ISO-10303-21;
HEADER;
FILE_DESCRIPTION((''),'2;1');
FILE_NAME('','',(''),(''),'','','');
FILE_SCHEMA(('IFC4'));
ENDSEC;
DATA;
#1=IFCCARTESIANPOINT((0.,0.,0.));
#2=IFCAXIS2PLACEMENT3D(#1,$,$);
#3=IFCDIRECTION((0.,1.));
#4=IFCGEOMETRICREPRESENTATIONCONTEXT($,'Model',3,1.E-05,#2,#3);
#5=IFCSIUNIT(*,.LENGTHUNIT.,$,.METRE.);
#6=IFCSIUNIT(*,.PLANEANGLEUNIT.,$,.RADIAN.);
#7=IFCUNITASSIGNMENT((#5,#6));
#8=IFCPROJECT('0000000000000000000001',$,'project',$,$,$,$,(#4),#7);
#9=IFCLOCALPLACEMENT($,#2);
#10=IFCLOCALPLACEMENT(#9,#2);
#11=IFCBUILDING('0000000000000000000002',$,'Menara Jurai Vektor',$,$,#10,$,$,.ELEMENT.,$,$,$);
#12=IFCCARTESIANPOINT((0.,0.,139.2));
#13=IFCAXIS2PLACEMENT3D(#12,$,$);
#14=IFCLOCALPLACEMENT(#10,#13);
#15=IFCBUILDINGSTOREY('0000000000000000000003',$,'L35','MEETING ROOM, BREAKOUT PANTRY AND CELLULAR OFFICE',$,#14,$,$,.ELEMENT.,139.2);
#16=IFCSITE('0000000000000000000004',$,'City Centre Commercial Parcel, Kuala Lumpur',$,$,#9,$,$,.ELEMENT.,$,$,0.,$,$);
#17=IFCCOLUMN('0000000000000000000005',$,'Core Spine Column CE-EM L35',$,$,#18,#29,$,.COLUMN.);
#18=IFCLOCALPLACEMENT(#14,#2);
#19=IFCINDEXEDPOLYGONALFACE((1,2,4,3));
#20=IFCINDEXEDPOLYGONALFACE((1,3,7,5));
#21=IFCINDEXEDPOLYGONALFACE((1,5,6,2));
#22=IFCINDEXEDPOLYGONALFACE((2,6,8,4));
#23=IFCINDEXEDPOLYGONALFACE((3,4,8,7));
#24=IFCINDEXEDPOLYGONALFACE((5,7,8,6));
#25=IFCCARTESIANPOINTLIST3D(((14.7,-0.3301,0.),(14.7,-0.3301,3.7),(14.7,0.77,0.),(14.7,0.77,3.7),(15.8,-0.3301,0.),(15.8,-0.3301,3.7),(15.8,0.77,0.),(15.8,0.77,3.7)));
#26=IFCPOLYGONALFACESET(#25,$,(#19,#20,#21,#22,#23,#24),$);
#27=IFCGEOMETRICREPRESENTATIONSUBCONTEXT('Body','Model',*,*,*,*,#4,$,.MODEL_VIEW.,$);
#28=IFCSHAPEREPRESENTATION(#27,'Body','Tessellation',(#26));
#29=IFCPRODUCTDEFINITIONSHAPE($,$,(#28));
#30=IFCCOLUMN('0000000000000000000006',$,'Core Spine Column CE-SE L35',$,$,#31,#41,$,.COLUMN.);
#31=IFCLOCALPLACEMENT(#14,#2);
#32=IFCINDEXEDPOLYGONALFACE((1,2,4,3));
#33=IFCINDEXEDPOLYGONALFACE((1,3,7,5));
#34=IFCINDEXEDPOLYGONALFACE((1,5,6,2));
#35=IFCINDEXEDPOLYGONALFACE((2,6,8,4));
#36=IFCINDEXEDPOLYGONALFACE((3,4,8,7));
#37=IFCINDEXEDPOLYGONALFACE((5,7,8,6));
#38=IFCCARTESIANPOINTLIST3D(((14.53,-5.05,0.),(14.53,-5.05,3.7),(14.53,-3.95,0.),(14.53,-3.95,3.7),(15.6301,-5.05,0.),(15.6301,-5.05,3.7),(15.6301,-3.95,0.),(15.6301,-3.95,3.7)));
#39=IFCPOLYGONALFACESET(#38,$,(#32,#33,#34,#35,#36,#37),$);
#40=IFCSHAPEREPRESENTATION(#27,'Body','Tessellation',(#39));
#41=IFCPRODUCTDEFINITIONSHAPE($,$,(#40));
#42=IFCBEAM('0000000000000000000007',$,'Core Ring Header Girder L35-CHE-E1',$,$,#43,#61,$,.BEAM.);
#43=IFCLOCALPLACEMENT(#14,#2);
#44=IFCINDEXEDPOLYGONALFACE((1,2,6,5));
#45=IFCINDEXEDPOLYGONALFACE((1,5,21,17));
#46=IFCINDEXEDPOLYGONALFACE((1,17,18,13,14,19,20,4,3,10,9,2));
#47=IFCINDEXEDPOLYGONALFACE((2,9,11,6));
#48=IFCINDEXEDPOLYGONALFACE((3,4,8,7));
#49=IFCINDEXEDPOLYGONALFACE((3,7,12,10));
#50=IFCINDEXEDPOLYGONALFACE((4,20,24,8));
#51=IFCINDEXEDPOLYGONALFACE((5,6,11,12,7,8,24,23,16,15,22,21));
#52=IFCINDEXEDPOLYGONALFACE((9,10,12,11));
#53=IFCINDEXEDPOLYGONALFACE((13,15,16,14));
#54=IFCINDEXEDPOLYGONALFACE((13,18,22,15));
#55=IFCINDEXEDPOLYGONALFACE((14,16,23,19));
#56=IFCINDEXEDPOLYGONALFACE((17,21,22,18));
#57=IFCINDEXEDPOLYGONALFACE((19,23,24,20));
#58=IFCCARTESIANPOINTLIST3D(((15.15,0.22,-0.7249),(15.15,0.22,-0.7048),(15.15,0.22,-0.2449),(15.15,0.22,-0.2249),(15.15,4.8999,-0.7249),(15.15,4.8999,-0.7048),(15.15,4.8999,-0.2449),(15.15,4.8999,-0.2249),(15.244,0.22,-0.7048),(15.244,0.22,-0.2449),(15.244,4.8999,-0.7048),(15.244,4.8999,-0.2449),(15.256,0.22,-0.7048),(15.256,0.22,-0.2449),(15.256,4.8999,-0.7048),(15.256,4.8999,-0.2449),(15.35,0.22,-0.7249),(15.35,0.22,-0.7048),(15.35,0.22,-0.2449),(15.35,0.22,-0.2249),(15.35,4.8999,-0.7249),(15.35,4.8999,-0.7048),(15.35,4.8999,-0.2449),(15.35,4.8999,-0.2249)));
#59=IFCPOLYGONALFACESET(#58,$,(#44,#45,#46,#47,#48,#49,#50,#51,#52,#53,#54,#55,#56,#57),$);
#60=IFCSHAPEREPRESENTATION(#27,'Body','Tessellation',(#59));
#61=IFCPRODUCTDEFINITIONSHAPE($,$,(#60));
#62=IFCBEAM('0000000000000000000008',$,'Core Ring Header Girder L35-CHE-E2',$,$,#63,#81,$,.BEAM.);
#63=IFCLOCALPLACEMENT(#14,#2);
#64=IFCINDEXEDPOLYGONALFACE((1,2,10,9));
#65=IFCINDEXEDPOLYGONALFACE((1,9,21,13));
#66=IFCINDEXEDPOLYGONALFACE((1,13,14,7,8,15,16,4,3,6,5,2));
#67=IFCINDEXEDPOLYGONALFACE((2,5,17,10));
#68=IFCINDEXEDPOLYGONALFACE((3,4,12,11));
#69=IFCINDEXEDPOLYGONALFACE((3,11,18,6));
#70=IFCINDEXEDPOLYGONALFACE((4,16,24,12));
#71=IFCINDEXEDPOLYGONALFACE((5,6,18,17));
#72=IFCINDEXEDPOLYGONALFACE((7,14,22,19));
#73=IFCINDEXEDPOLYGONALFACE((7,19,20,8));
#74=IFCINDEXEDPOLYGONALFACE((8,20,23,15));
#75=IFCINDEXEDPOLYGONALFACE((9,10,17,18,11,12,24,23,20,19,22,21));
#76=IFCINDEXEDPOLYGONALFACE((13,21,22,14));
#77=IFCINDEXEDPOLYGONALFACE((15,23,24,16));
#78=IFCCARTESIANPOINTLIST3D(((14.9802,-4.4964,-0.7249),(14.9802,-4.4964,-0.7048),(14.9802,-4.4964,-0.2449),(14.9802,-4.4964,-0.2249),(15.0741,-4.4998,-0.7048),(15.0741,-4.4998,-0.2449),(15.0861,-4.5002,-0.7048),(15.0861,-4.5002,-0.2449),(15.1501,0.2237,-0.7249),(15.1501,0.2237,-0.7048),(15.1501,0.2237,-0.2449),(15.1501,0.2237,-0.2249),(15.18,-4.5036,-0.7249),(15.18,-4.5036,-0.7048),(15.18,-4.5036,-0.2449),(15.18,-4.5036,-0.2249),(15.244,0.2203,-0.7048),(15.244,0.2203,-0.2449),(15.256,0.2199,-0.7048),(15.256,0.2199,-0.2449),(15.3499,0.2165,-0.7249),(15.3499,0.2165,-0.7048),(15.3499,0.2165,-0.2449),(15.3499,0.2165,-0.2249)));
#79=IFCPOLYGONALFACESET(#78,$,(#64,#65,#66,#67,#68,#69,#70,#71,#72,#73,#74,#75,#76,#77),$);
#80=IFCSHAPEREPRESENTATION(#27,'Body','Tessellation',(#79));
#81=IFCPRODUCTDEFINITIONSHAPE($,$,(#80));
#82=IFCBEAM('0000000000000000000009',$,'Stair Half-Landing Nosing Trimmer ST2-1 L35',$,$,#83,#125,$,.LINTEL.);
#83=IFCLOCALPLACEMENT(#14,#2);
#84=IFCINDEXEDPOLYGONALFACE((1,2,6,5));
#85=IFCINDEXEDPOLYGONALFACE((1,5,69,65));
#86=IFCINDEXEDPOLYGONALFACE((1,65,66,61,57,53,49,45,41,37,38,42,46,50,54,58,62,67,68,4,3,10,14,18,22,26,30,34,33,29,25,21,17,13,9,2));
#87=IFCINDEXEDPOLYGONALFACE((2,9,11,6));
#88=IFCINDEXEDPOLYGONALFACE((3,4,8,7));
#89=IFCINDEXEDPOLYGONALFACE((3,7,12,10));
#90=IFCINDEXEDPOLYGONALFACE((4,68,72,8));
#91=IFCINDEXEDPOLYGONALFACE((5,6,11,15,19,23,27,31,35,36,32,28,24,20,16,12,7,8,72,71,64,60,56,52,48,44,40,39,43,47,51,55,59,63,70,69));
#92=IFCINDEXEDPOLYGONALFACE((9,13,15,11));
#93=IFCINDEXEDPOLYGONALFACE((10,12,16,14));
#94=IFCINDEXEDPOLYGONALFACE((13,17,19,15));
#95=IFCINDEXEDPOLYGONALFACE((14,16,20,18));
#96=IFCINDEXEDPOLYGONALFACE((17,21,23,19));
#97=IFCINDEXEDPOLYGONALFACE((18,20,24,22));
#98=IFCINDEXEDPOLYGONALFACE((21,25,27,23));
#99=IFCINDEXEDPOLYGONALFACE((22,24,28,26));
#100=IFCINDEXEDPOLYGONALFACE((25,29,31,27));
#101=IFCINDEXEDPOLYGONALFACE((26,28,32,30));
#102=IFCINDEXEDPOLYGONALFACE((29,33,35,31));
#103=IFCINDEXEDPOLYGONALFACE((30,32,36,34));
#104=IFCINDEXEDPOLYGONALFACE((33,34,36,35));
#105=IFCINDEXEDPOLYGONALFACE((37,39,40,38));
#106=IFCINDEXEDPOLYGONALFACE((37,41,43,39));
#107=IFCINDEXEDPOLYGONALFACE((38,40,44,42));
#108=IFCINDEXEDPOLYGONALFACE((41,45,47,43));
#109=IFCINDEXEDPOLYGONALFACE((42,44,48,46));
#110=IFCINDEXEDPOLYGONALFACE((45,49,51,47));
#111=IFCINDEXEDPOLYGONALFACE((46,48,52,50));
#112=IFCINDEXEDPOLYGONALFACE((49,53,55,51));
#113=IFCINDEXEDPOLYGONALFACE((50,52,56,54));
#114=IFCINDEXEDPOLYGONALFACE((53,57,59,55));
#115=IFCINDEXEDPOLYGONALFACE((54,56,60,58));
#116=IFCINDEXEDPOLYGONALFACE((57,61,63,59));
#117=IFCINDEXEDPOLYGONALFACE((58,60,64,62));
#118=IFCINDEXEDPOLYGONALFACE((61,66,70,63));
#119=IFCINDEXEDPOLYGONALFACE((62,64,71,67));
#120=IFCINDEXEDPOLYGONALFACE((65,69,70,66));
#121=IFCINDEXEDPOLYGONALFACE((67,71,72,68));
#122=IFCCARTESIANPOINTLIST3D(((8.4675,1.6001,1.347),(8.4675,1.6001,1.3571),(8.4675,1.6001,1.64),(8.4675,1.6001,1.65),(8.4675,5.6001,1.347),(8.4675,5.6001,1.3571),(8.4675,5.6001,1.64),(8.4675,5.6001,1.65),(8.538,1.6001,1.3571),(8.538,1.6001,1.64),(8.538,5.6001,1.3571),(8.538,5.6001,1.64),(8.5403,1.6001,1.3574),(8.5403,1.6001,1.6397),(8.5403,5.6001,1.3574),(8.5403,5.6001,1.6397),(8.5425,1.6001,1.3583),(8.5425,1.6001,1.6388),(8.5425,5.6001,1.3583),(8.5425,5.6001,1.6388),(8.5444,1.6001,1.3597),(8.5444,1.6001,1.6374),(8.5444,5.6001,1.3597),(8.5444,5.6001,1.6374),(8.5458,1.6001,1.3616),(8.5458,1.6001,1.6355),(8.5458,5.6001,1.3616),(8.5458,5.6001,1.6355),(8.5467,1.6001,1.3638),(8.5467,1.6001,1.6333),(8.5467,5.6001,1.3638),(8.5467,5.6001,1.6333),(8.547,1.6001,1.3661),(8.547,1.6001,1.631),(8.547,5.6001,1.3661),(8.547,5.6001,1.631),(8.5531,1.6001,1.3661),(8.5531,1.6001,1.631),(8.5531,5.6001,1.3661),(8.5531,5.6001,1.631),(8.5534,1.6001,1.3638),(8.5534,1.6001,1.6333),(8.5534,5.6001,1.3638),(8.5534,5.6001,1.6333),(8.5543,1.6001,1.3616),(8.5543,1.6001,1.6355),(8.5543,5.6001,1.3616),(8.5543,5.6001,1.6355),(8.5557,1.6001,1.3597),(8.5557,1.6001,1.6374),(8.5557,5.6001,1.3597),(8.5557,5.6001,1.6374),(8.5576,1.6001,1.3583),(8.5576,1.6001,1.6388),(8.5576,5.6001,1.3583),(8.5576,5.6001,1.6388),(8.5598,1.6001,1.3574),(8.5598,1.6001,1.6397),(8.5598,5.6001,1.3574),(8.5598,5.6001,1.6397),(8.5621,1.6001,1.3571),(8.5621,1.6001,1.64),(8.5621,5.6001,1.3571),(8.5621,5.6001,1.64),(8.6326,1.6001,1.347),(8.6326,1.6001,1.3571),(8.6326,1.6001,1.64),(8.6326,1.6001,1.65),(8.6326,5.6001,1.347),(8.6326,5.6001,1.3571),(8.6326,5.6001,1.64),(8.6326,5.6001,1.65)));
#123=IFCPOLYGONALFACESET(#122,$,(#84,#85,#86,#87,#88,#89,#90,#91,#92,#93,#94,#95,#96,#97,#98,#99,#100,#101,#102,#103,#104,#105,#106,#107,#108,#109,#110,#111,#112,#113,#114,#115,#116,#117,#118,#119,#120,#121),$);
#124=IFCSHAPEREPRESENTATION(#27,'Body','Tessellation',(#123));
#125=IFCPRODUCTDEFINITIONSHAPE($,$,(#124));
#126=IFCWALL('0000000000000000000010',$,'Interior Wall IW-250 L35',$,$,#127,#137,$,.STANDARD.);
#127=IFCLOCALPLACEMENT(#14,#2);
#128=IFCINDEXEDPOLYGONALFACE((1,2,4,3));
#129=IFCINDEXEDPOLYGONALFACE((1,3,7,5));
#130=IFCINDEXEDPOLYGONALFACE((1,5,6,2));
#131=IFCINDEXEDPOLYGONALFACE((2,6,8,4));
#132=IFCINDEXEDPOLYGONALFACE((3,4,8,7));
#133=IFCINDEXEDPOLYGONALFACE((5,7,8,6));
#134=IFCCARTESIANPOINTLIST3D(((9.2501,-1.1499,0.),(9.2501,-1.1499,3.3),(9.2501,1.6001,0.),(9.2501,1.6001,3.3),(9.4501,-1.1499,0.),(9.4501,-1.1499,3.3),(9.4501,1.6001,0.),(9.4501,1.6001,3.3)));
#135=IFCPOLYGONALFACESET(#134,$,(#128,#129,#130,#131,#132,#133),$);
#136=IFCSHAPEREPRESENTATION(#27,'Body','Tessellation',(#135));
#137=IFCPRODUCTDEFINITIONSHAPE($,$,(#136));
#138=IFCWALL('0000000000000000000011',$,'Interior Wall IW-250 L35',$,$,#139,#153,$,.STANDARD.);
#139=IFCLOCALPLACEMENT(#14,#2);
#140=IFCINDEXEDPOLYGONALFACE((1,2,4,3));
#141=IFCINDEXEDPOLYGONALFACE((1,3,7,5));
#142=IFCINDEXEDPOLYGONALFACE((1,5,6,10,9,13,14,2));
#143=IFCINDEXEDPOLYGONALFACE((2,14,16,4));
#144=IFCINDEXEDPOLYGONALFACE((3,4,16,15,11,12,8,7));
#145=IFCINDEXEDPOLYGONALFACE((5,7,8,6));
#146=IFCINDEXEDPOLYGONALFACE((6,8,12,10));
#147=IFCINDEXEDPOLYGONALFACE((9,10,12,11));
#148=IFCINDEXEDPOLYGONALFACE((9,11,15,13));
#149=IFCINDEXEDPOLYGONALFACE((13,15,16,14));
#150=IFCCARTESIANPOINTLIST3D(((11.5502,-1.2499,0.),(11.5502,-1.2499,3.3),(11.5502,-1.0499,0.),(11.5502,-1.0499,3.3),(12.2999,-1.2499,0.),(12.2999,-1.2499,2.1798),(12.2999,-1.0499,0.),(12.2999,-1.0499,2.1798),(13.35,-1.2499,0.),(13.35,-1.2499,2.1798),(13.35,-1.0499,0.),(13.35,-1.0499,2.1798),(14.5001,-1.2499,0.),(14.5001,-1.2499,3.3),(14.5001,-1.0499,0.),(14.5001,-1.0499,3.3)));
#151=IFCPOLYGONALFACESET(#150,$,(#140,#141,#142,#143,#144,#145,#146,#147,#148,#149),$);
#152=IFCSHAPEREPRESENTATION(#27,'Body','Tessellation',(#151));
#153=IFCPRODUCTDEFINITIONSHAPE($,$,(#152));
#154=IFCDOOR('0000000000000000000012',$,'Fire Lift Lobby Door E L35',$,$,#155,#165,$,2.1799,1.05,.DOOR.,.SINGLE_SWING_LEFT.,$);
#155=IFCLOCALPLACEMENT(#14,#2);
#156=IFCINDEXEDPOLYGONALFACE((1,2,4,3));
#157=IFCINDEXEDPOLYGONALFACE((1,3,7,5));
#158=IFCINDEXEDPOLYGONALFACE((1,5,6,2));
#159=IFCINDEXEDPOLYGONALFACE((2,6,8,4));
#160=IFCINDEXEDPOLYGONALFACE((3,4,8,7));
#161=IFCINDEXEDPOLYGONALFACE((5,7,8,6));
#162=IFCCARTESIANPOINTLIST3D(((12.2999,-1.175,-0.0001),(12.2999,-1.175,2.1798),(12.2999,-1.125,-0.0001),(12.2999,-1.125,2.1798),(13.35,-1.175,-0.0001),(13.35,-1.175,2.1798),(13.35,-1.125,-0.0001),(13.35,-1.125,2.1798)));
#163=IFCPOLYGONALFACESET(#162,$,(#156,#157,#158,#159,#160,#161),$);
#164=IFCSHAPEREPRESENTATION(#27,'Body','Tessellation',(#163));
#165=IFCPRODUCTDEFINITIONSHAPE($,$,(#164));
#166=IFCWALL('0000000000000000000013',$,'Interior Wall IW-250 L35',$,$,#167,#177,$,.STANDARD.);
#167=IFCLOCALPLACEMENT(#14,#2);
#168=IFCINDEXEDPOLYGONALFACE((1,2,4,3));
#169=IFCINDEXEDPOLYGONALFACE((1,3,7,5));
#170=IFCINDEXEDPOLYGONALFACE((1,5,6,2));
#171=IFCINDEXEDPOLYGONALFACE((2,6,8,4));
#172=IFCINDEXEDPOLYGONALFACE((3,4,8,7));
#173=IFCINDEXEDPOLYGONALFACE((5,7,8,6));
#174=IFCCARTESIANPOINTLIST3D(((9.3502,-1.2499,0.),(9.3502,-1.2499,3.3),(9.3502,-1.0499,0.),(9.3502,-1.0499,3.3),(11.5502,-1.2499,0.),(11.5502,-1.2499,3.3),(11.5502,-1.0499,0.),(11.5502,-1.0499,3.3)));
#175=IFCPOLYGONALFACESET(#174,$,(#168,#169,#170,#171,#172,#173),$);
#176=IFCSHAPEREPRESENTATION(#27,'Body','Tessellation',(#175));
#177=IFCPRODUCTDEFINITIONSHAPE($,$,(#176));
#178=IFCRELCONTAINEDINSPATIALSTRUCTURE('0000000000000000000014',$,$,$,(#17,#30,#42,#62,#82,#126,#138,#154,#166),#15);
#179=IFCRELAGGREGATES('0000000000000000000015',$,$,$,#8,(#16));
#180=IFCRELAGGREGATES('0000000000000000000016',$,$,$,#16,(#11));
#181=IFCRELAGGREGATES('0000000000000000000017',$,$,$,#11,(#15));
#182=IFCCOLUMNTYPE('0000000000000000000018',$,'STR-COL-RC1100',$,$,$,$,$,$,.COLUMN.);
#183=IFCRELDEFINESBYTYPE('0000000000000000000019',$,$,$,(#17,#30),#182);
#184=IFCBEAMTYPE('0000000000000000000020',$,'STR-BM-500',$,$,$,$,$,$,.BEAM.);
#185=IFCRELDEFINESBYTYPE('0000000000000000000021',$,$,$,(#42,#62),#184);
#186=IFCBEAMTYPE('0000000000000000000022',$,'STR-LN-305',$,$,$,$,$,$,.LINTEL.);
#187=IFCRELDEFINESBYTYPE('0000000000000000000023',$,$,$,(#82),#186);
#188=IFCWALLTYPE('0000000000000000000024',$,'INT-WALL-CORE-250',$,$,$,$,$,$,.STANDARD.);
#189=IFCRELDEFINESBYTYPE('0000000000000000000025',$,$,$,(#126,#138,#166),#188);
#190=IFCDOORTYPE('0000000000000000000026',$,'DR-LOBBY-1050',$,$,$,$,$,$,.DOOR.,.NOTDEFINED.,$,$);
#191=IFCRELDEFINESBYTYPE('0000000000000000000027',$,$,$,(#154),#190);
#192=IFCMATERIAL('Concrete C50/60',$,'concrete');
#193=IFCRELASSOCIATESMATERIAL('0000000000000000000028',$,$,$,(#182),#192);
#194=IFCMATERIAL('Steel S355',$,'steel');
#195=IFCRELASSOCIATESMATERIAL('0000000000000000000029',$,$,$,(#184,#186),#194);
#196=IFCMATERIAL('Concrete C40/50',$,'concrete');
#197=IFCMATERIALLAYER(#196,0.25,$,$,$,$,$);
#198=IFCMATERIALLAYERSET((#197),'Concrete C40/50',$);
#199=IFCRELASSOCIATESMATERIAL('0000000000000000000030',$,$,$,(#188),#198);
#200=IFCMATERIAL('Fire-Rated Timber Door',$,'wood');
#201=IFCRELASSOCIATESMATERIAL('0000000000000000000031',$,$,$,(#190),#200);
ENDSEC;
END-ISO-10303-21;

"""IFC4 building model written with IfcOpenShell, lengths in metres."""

from ifc_helpers import new_model, si_unit, direction, frame, frame_2d, origin, origin_2d, place, context, subcontext, project, spatial, rectangle, i_section, extrude, material, layer, layer_set, material_profile, profile_set, type_object, element, fill, save


model = new_model("IFC4")

# Units and contexts
model_context = context("Model", 3, precision=1e-05, world=origin(), true_north=direction((0.0, 1.0)))
body_context = subcontext(model_context, "Body", "Model", "MODEL_VIEW")
ifc_project = project(units=[si_unit("LENGTHUNIT", "METRE"), si_unit("PLANEANGLEUNIT", "RADIAN")], contexts=[model_context])

# Site, building, storey
site_placement = place(None, origin())
site = spatial("IfcSite", under=ifc_project, at=site_placement, Name="City Centre Commercial Parcel, Kuala Lumpur", CompositionType="ELEMENT", RefElevation=0.0)
building_placement = place(site_placement, origin())
building = spatial("IfcBuilding", under=site, at=building_placement, Name="Menara Jurai Vektor", CompositionType="ELEMENT")
storey_placement = place(building_placement, frame((0.0, 0.0, 139.2)))
storey = spatial("IfcBuildingStorey", under=building, at=storey_placement, Name="L35", Description="MEETING ROOM, BREAKOUT PANTRY AND CELLULAR OFFICE", CompositionType="ELEMENT", Elevation=139.2)

# Columns
ifc_material_1 = material(Name="Concrete C50/60", Category="concrete")
ifc_material_profile_1 = material_profile(ifc_material_1, rectangle(XDim=1.1001, YDim=1.1001, at=origin_2d()), Name="RC 1100x1100")
ifc_profile_set_1 = profile_set([ifc_material_profile_1], Name="Concrete C50/60")
column_type = type_object("IfcColumnType", Name="STR-COL-RC1100", PredefinedType="COLUMN", material=ifc_profile_set_1)
for number, where, z_axis, x_axis, name in (
    (1, (15.25, 0.22, 0.0), (0.0, 0.0, 1.0), (1.0, 0.0, 0.0), "Core Spine Column CE-EM L35"),
    (2, (15.0801, -4.5, 0.0), (0.0, 0.0, 1.0), (1.0, 0.0, 0.0), "Core Spine Column CE-SE L35"),
):
    element("IfcColumn", number, at=place(storey_placement, frame(where, z_axis=z_axis, x_axis=x_axis)), inside=storey, type_object=column_type, Name=name, PredefinedType="COLUMN", context=body_context, shape_type="SweptSolid", body=[
        extrude(rectangle(XDim=1.1001, YDim=1.1001, at=origin_2d()), origin(), (0.0, 0.0, 1.0), 3.7),
    ])

# Beams
ifc_material_2 = material(Name="Steel S355", Category="steel")
ifc_material_profile_2 = material_profile(ifc_material_2, i_section(OverallWidth=0.2, OverallDepth=0.5, WebThickness=0.012, FlangeThickness=0.02, at=origin_2d()), Name="PG 500x200x96")
ifc_profile_set_2 = profile_set([ifc_material_profile_2], Name="Steel S355")
beam_type_1 = type_object("IfcBeamType", Name="STR-BM-500", PredefinedType="BEAM", material=ifc_profile_set_2)
beam_1_placement = place(storey_placement, frame((15.25, 0.22, -0.4749), z_axis=(0.0, 1.0, 0.0), x_axis=(-1.0, 0.0, 0.0)))
element("IfcBeam", 3, at=beam_1_placement, inside=storey, type_object=beam_type_1, Name="Core Ring Header Girder L35-CHE-E1", PredefinedType="BEAM", context=body_context, shape_type="SweptSolid", body=[
    extrude(i_section(OverallWidth=0.2, OverallDepth=0.5, WebThickness=0.012, FlangeThickness=0.02, at=origin_2d()), origin(), (0.0, 0.0, 1.0), 4.6799),
])
beam_2_placement = place(storey_placement, frame((15.0801, -4.5, -0.4749), z_axis=(0.035977, 0.999353, 0.0), x_axis=(-0.999353, 0.035977, 0.0)))
element("IfcBeam", 4, at=beam_2_placement, inside=storey, type_object=beam_type_1, Name="Core Ring Header Girder L35-CHE-E2", PredefinedType="BEAM", context=body_context, shape_type="SweptSolid", body=[
    extrude(i_section(OverallWidth=0.2, OverallDepth=0.5, WebThickness=0.012, FlangeThickness=0.02, at=origin_2d()), origin(), (0.0, 0.0, 1.0), 4.7231),
])
ifc_material_profile_3 = material_profile(ifc_material_2, i_section(OverallWidth=0.165, OverallDepth=0.303, WebThickness=0.0061, FlangeThickness=0.01, FilletRadius=0.009, at=origin_2d()), Name="UKB 305x165x40")
ifc_profile_set_3 = profile_set([ifc_material_profile_3], Name="Steel S355")
beam_type_2 = type_object("IfcBeamType", Name="STR-LN-305", PredefinedType="LINTEL", material=ifc_profile_set_3)
beam_3_placement = place(storey_placement, frame((8.55, 1.6001, 1.4985), z_axis=(0.0, 1.0, 0.0), x_axis=(-1.0, 0.0, 0.0)))
element("IfcBeam", 5, at=beam_3_placement, inside=storey, type_object=beam_type_2, Name="Stair Half-Landing Nosing Trimmer ST2-1 L35", PredefinedType="LINTEL", context=body_context, shape_type="SweptSolid", body=[
    extrude(i_section(OverallWidth=0.165, OverallDepth=0.303, WebThickness=0.0061, FlangeThickness=0.01, FilletRadius=0.009, at=origin_2d()), origin(), (0.0, 0.0, 1.0), 4.0),
])

# Shared definitions
ifc_material_3 = material(Name="Concrete C40/50", Category="concrete")
ifc_layer_1 = layer(ifc_material_3, 0.25)
ifc_layer_set_1 = layer_set([ifc_layer_1], Name="Concrete C40/50")
wall_type_1 = type_object("IfcWallType", Name="INT-WALL-CORE-250", PredefinedType="STANDARD", material=ifc_layer_set_1)

# Wall
wall_1_placement = place(storey_placement, frame((9.3501, -1.1499, 0.0), z_axis=(0.0, 0.0, 1.0), x_axis=(0.0, 1.0, 0.0)))
element("IfcWall", 6, at=wall_1_placement, inside=storey, type_object=wall_type_1, Name="Interior Wall IW-250 L35", PredefinedType="STANDARD", context=body_context, shape_type="SweptSolid", body=[
    extrude(rectangle(XDim=2.75, YDim=0.2, at=frame_2d((1.375, 0.0))), origin(), (0.0, 0.0, 1.0), 3.3),
])

# Wall, opening, door
wall_2_placement = place(storey_placement, frame((11.55, -1.1499, 0.0), z_axis=(0.0, 0.0, 1.0), x_axis=(1.0, 0.0, 0.0)))
wall_2 = element("IfcWall", 7, at=wall_2_placement, inside=storey, type_object=wall_type_1, Name="Interior Wall IW-250 L35", PredefinedType="STANDARD", context=body_context, shape_type="SweptSolid", body=[
    extrude(rectangle(XDim=2.95, YDim=0.2, at=frame_2d((1.4751, 0.0))), origin(), (0.0, 0.0, 1.0), 3.3),
])
opening_1_placement = place(wall_2_placement, frame((0.75, 0.0, 0.0)))
opening_1 = element("IfcOpeningElement", 8, at=opening_1_placement, cuts=wall_2, PredefinedType="OPENING", context=body_context, shape_type="SweptSolid", body=[
    extrude(rectangle(XDim=1.05, YDim=2.1799, at=frame_2d((0.5249, 1.0898))), frame((0.0, 0.1099, 0.0), z_axis=(0.0, -1.0, 0.0), x_axis=(1.0, 0.0, 0.0)), (0.0, 0.0, 1.0), 0.22),
])
ifc_material_4 = material(Name="Fire-Rated Timber Door", Category="wood")
door_type_1 = type_object("IfcDoorType", Name="DR-LOBBY-1050", OperationType="NOTDEFINED", PredefinedType="DOOR", material=ifc_material_4)
door_1_placement = place(opening_1_placement, origin())
door_1 = element("IfcDoor", 9, at=door_1_placement, inside=storey, type_object=door_type_1, Name="Fire Lift Lobby Door E L35", OperationType="SINGLE_SWING_LEFT", OverallHeight=2.1799, OverallWidth=1.05, PredefinedType="DOOR", context=body_context, shape_type="SweptSolid", body=[
    extrude(rectangle(XDim=1.05, YDim=2.1799, at=frame_2d((0.5249, 1.0898))), frame((0.0, 0.0249, 0.0), z_axis=(0.0, -1.0, 0.0), x_axis=(1.0, 0.0, 0.0)), (0.0, 0.0, 1.0), 0.05),
])
fill(opening_1, door_1)

# Wall
wall_3_placement = place(storey_placement, frame((9.3501, -1.1499, 0.0), z_axis=(0.0, 0.0, 1.0), x_axis=(1.0, 0.0, 0.0)))
element("IfcWall", 10, at=wall_3_placement, inside=storey, type_object=wall_type_1, Name="Interior Wall IW-250 L35", PredefinedType="STANDARD", context=body_context, shape_type="SweptSolid", body=[
    extrude(rectangle(XDim=2.2, YDim=0.2, at=frame_2d((1.1001, 0.0))), origin(), (0.0, 0.0, 1.0), 3.3),
])

save(model, "model.ifc")
